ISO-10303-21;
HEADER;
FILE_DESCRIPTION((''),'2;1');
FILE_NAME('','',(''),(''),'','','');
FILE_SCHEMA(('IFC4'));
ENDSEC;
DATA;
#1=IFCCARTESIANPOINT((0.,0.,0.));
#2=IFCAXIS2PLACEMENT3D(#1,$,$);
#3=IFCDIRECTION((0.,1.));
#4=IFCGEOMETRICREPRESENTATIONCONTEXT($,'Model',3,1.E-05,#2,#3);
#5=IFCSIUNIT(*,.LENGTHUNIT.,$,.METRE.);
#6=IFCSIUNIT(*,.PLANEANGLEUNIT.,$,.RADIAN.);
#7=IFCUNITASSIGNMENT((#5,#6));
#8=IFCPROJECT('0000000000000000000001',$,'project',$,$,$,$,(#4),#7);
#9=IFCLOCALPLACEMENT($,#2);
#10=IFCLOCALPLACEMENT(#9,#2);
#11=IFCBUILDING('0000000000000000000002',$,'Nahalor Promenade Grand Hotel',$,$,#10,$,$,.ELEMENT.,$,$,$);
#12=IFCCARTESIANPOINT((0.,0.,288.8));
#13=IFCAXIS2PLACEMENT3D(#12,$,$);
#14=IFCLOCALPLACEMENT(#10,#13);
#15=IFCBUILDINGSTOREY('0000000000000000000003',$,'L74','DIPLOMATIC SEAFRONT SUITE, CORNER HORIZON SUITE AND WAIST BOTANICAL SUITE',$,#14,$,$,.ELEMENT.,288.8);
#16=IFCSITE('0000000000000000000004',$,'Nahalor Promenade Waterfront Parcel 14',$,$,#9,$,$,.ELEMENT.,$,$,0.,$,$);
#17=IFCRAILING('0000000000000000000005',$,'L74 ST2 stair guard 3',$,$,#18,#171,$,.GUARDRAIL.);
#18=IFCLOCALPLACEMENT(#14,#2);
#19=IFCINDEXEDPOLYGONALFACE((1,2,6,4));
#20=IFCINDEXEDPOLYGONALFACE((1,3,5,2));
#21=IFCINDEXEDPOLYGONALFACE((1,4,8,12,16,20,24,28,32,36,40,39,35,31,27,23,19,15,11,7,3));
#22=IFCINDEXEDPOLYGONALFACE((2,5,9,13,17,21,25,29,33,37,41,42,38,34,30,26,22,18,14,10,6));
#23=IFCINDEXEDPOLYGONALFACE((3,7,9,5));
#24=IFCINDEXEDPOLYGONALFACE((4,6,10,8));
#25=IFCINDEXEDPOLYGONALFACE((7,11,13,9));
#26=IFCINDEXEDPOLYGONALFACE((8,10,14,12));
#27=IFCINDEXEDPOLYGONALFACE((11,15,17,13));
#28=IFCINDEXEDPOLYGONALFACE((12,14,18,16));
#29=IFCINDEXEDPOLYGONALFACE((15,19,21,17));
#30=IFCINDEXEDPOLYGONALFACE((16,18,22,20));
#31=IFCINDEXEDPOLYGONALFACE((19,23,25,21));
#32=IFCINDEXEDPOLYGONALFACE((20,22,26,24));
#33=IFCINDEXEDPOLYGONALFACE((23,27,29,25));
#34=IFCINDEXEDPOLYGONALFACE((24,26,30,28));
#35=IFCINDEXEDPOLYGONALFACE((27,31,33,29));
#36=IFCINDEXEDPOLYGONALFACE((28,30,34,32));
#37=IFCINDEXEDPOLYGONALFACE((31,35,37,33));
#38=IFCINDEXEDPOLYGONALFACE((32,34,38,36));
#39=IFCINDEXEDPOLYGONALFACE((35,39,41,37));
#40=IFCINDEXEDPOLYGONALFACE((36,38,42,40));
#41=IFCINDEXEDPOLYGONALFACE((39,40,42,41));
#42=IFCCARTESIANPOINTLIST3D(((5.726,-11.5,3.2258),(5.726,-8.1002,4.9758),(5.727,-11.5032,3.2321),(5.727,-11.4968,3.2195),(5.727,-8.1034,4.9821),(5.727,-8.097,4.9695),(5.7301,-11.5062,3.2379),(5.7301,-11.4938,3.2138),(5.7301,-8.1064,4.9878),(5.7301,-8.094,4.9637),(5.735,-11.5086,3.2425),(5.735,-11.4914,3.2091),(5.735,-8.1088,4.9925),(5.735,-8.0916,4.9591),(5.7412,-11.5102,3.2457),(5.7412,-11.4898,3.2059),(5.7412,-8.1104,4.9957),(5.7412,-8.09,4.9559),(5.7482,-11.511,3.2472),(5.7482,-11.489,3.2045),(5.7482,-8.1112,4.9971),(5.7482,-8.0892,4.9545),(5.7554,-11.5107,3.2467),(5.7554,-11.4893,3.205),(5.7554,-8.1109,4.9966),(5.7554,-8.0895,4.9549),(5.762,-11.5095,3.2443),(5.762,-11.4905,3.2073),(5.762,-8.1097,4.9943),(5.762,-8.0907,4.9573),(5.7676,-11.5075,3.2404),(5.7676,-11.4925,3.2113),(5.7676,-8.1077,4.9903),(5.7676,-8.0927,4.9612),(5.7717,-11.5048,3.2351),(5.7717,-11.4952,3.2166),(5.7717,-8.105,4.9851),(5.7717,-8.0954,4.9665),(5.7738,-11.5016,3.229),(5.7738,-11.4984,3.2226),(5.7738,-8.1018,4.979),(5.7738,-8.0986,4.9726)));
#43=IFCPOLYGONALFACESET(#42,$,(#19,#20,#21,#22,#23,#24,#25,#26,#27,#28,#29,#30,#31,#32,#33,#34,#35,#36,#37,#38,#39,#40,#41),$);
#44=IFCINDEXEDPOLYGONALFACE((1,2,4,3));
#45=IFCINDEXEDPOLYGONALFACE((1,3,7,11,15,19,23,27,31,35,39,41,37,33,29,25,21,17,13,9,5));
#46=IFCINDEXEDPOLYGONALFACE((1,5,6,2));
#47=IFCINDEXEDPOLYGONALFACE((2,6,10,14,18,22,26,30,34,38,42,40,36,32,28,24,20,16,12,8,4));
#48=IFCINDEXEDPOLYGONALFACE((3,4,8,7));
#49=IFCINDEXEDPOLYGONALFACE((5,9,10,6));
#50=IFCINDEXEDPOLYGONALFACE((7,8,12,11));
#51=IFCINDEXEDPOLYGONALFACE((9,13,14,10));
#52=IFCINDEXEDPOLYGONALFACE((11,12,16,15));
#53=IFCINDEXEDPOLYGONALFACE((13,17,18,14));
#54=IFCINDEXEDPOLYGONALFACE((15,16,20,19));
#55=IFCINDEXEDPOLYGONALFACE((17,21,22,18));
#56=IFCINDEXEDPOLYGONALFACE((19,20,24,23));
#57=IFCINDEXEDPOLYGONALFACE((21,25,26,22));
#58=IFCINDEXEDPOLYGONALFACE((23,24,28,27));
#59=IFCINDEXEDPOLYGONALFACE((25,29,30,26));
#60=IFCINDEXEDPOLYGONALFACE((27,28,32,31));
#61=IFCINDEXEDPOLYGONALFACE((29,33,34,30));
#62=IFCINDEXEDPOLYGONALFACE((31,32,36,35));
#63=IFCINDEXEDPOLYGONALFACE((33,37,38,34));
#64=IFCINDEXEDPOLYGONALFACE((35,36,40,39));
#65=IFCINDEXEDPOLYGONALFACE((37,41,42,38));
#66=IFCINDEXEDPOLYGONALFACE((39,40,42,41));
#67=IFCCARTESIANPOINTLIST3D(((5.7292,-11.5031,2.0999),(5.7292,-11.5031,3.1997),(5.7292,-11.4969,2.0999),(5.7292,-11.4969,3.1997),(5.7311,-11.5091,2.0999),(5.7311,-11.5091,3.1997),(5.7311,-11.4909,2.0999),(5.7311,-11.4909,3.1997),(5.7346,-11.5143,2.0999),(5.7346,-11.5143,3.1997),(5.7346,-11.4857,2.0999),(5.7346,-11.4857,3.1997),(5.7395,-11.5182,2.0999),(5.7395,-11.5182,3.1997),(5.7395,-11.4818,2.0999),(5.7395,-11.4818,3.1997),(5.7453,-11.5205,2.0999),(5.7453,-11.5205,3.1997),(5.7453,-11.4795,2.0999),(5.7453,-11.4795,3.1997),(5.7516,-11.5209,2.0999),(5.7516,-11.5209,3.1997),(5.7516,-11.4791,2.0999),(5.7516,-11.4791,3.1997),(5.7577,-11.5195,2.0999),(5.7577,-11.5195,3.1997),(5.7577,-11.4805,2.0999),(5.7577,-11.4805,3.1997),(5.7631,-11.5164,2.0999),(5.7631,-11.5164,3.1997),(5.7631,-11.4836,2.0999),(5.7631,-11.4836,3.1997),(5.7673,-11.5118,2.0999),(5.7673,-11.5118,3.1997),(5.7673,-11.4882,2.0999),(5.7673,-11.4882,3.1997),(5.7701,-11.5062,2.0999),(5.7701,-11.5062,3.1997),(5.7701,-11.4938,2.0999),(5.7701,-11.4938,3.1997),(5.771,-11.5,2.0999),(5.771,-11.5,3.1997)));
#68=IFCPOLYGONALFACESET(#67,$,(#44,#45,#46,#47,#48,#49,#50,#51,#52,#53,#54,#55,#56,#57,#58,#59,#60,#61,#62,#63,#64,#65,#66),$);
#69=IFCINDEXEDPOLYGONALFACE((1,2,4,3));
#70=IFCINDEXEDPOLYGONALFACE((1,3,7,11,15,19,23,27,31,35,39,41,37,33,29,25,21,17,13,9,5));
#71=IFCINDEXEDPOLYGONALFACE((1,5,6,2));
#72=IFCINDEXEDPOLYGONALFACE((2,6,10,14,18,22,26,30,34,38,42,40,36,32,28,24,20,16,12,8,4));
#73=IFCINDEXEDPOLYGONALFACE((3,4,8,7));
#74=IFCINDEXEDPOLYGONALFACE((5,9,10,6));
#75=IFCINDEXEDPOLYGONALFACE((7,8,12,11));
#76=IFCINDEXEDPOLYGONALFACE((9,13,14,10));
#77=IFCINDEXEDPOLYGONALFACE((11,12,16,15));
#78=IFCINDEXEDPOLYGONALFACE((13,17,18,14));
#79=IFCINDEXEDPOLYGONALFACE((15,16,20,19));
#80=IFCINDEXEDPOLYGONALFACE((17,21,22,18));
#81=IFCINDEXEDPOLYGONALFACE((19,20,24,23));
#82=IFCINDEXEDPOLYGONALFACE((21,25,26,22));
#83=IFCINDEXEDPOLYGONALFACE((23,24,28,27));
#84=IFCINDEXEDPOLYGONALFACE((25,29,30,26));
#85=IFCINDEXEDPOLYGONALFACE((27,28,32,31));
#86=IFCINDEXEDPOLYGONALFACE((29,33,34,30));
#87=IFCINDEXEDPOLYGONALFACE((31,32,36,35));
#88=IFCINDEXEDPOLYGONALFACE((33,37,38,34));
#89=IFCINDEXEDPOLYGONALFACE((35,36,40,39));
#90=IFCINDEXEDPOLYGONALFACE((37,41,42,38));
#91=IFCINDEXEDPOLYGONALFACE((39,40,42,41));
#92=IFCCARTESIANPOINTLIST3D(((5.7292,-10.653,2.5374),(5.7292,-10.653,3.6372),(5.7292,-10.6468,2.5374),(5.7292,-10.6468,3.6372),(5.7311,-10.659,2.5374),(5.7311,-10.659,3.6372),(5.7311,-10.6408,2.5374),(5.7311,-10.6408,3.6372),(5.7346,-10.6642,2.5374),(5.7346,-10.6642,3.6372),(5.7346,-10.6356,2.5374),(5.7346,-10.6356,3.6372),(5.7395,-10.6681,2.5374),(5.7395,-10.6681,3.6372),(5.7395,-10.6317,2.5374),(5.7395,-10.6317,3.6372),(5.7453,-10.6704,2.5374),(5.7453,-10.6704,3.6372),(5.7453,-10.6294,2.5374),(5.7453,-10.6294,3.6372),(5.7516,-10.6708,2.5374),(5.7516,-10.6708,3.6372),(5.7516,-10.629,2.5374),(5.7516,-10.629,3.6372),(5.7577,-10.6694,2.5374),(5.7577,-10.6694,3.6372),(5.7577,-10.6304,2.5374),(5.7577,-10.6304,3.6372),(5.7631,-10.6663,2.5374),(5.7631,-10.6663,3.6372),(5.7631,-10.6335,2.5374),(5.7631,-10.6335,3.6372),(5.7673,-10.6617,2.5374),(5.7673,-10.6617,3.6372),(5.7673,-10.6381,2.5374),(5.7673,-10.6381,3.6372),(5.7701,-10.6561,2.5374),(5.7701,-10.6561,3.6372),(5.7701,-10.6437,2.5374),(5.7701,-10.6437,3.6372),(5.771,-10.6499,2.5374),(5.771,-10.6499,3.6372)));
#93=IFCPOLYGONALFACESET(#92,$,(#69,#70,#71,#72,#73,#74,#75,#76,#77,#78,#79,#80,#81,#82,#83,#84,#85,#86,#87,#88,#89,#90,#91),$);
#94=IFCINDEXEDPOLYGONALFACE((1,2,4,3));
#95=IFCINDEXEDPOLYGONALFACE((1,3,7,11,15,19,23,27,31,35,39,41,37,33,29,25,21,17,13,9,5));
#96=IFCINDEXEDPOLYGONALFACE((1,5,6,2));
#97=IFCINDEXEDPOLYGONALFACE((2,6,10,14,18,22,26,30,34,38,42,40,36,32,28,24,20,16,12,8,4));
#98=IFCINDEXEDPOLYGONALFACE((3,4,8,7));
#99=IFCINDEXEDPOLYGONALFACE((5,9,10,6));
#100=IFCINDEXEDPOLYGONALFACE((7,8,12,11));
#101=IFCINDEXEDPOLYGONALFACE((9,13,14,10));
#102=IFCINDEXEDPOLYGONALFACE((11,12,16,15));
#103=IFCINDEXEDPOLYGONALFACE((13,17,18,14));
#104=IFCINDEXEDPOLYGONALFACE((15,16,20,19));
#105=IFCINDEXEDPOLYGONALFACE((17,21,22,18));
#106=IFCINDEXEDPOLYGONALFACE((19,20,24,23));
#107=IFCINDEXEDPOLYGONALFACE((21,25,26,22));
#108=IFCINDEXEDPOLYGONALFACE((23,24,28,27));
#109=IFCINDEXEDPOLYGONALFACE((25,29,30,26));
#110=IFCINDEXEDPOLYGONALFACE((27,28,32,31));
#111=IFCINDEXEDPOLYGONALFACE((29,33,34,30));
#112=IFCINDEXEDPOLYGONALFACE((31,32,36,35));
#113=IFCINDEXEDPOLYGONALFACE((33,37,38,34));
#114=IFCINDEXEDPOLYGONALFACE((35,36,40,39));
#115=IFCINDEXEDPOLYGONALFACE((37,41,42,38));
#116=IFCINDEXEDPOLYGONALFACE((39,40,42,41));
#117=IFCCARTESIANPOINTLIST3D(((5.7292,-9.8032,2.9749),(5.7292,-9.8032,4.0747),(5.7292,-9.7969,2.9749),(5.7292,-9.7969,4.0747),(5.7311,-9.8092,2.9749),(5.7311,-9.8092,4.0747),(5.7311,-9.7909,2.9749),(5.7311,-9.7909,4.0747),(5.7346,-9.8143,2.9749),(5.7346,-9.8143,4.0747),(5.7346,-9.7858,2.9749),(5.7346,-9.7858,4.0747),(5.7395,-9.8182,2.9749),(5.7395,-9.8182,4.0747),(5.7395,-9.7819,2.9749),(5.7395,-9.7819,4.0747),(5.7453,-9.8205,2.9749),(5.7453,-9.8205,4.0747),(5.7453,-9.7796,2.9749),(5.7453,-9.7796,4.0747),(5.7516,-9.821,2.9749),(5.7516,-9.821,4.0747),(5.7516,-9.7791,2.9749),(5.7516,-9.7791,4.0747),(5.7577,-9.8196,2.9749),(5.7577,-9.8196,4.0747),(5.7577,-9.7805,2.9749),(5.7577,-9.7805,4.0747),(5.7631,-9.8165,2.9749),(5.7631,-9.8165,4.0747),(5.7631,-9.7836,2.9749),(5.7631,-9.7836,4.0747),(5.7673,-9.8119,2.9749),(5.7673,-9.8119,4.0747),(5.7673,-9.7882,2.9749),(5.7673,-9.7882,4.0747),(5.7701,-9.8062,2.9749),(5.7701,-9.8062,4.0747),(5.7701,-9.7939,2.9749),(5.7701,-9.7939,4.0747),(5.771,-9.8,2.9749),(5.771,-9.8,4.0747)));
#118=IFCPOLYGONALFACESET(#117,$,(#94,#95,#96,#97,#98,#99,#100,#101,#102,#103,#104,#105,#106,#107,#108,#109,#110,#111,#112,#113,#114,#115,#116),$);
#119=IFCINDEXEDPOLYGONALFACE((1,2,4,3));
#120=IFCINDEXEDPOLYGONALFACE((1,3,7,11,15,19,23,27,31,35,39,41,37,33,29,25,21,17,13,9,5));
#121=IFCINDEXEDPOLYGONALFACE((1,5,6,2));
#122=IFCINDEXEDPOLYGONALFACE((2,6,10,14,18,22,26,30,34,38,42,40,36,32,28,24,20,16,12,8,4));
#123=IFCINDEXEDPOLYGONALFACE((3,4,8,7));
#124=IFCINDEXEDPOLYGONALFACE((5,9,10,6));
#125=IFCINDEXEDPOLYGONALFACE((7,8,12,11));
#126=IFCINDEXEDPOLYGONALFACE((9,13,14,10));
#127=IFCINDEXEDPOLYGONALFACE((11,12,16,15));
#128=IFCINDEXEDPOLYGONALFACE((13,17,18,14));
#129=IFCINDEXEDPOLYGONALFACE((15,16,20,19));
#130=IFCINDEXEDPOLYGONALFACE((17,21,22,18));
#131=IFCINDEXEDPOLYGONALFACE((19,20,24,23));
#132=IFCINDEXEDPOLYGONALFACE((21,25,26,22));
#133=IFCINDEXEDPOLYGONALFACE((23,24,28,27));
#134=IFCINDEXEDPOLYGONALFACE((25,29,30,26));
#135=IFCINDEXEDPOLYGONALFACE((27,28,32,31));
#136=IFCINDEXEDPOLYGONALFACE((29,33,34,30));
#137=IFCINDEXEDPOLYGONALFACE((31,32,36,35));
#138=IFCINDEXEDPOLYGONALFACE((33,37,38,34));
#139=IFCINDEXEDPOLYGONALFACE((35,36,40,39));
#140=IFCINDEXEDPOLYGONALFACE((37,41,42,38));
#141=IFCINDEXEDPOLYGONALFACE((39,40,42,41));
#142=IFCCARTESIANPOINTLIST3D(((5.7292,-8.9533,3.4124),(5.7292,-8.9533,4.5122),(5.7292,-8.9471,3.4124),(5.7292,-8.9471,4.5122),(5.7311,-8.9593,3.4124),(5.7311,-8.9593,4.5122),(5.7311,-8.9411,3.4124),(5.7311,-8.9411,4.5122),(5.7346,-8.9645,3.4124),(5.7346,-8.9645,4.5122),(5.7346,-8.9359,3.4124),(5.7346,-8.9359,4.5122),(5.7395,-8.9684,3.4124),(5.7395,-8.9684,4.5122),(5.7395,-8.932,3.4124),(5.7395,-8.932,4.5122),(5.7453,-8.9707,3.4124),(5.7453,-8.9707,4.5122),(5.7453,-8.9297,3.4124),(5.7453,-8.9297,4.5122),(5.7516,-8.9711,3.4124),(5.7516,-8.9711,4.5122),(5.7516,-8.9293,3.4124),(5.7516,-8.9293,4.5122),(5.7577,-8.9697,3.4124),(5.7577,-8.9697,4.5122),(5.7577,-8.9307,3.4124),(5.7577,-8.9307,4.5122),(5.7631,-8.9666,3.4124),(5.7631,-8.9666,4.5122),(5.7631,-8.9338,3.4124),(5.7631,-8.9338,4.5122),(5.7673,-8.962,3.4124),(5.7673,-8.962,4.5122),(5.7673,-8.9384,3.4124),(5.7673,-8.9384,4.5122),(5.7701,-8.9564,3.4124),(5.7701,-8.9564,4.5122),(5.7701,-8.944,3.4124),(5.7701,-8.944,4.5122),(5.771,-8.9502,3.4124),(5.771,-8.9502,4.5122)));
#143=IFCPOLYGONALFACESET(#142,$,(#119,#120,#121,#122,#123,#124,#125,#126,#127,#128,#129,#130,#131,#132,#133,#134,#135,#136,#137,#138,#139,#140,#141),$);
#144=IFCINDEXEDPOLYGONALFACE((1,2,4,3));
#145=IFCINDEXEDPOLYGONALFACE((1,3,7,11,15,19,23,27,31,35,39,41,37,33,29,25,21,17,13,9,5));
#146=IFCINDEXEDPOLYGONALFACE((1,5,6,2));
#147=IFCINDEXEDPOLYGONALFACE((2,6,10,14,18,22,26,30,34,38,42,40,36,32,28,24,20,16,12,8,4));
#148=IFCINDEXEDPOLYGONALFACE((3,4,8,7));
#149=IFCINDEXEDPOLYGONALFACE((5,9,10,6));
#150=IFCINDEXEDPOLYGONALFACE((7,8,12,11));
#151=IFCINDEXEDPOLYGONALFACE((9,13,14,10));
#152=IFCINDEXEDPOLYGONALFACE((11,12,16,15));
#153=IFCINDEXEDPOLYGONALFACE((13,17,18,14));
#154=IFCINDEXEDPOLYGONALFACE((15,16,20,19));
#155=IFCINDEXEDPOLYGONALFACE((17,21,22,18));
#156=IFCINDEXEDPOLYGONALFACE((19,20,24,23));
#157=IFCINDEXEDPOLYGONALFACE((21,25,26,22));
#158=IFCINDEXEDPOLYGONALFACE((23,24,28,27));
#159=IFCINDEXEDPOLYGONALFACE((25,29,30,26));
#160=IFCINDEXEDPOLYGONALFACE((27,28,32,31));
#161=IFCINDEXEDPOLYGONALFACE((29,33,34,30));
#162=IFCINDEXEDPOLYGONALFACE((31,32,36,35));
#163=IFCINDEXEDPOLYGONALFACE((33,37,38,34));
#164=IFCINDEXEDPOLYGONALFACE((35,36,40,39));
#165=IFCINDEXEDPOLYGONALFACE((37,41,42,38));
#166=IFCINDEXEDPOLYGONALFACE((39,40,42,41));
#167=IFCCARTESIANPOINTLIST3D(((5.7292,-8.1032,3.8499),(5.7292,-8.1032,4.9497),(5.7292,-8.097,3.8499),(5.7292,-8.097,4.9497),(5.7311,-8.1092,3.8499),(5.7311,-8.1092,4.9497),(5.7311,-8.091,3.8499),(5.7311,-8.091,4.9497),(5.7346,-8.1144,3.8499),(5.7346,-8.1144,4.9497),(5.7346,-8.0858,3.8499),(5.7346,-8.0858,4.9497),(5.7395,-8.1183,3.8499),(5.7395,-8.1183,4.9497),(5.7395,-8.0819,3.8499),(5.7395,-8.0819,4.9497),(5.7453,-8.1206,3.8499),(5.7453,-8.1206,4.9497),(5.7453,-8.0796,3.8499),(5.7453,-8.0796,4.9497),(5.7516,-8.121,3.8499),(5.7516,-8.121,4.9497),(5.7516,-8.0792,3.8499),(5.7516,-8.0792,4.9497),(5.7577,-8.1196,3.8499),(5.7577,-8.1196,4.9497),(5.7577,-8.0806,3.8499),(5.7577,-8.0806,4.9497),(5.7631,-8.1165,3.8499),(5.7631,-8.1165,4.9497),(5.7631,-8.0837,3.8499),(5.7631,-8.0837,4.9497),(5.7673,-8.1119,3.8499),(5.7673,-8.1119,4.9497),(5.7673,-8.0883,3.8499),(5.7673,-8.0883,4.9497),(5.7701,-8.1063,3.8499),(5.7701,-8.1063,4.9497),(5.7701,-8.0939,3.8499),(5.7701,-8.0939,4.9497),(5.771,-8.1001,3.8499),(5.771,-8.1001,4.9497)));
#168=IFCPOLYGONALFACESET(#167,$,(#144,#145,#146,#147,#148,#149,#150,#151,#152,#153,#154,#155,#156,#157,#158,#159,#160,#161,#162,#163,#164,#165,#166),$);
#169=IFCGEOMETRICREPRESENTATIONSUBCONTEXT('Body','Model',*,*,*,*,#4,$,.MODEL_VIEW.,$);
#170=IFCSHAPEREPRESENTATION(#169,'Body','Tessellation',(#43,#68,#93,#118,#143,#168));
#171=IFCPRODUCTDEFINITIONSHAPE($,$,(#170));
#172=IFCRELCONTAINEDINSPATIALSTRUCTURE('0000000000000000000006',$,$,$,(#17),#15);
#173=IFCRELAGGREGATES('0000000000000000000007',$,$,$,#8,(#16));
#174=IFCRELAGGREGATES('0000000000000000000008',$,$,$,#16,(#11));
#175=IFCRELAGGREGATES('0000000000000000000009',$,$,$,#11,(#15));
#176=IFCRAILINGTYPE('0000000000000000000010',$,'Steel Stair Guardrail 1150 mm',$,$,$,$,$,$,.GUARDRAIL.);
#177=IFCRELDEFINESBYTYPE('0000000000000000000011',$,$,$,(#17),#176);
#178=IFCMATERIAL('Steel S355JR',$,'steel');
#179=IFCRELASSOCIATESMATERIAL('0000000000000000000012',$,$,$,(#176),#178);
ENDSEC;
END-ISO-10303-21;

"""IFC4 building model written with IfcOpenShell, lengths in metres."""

from ifc_helpers import new_model, si_unit, direction, frame, origin, origin_2d, place, context, subcontext, project, spatial, circle, extrude, material, type_object, element, save


model = new_model("IFC4")

# Units and contexts
model_context = context("Model", 3, precision=1e-05, world=origin(), true_north=direction((0.0, 1.0)))
body_context = subcontext(model_context, "Body", "Model", "MODEL_VIEW")
ifc_project = project(units=[si_unit("LENGTHUNIT", "METRE"), si_unit("PLANEANGLEUNIT", "RADIAN")], contexts=[model_context])

# Site, building, storey
site_placement = place(None, origin())
site = spatial("IfcSite", under=ifc_project, at=site_placement, Name="Nahalor Promenade Waterfront Parcel 14", CompositionType="ELEMENT", RefElevation=0.0)
building_placement = place(site_placement, origin())
building = spatial("IfcBuilding", under=site, at=building_placement, Name="Nahalor Promenade Grand Hotel", CompositionType="ELEMENT")
storey_placement = place(building_placement, frame((0.0, 0.0, 288.8)))
storey = spatial("IfcBuildingStorey", under=building, at=storey_placement, Name="L74", Description="DIPLOMATIC SEAFRONT SUITE, CORNER HORIZON SUITE AND WAIST BOTANICAL SUITE", CompositionType="ELEMENT", Elevation=288.8)

# Shared definitions
ifc_material_1 = material(Name="Steel S355JR", Category="steel")

# Railing
railing_type_1 = type_object("IfcRailingType", Name="Steel Stair Guardrail 1150 mm", PredefinedType="GUARDRAIL", material=ifc_material_1)
railing_1_placement = place(storey_placement, frame((5.75, -11.5, 2.0999)))
element("IfcRailing", 1, at=railing_1_placement, inside=storey, type_object=railing_type_1, Name="L74 ST2 stair guard 3", PredefinedType="GUARDRAIL", context=body_context, shape_type="SweptSolid", body=[
    extrude(circle(Radius=0.024, at=origin_2d()), frame((0.0, 0.0, 1.126), z_axis=(0.0, 0.88913, 0.457654), x_axis=(-1.0, 0.0, 0.0)), (0.0, 0.0, 1.0), 3.8237),
    extrude(circle(Radius=0.021, at=origin_2d()), origin(), (0.0, 0.0, 1.0), 1.0999),
    extrude(circle(Radius=0.021, at=origin_2d()), frame((0.0, 0.8501, 0.4375)), (0.0, 0.0, 1.0), 1.0999),
    extrude(circle(Radius=0.021, at=origin_2d()), frame((0.0, 1.7, 0.875)), (0.0, 0.0, 1.0), 1.0999),
    extrude(circle(Radius=0.021, at=origin_2d()), frame((0.0, 2.5498, 1.3125)), (0.0, 0.0, 1.0), 1.0999),
    extrude(circle(Radius=0.021, at=origin_2d()), frame((0.0, 3.3999, 1.75)), (0.0, 0.0, 1.0), 1.0999),
])

save(model, "model.ifc")
